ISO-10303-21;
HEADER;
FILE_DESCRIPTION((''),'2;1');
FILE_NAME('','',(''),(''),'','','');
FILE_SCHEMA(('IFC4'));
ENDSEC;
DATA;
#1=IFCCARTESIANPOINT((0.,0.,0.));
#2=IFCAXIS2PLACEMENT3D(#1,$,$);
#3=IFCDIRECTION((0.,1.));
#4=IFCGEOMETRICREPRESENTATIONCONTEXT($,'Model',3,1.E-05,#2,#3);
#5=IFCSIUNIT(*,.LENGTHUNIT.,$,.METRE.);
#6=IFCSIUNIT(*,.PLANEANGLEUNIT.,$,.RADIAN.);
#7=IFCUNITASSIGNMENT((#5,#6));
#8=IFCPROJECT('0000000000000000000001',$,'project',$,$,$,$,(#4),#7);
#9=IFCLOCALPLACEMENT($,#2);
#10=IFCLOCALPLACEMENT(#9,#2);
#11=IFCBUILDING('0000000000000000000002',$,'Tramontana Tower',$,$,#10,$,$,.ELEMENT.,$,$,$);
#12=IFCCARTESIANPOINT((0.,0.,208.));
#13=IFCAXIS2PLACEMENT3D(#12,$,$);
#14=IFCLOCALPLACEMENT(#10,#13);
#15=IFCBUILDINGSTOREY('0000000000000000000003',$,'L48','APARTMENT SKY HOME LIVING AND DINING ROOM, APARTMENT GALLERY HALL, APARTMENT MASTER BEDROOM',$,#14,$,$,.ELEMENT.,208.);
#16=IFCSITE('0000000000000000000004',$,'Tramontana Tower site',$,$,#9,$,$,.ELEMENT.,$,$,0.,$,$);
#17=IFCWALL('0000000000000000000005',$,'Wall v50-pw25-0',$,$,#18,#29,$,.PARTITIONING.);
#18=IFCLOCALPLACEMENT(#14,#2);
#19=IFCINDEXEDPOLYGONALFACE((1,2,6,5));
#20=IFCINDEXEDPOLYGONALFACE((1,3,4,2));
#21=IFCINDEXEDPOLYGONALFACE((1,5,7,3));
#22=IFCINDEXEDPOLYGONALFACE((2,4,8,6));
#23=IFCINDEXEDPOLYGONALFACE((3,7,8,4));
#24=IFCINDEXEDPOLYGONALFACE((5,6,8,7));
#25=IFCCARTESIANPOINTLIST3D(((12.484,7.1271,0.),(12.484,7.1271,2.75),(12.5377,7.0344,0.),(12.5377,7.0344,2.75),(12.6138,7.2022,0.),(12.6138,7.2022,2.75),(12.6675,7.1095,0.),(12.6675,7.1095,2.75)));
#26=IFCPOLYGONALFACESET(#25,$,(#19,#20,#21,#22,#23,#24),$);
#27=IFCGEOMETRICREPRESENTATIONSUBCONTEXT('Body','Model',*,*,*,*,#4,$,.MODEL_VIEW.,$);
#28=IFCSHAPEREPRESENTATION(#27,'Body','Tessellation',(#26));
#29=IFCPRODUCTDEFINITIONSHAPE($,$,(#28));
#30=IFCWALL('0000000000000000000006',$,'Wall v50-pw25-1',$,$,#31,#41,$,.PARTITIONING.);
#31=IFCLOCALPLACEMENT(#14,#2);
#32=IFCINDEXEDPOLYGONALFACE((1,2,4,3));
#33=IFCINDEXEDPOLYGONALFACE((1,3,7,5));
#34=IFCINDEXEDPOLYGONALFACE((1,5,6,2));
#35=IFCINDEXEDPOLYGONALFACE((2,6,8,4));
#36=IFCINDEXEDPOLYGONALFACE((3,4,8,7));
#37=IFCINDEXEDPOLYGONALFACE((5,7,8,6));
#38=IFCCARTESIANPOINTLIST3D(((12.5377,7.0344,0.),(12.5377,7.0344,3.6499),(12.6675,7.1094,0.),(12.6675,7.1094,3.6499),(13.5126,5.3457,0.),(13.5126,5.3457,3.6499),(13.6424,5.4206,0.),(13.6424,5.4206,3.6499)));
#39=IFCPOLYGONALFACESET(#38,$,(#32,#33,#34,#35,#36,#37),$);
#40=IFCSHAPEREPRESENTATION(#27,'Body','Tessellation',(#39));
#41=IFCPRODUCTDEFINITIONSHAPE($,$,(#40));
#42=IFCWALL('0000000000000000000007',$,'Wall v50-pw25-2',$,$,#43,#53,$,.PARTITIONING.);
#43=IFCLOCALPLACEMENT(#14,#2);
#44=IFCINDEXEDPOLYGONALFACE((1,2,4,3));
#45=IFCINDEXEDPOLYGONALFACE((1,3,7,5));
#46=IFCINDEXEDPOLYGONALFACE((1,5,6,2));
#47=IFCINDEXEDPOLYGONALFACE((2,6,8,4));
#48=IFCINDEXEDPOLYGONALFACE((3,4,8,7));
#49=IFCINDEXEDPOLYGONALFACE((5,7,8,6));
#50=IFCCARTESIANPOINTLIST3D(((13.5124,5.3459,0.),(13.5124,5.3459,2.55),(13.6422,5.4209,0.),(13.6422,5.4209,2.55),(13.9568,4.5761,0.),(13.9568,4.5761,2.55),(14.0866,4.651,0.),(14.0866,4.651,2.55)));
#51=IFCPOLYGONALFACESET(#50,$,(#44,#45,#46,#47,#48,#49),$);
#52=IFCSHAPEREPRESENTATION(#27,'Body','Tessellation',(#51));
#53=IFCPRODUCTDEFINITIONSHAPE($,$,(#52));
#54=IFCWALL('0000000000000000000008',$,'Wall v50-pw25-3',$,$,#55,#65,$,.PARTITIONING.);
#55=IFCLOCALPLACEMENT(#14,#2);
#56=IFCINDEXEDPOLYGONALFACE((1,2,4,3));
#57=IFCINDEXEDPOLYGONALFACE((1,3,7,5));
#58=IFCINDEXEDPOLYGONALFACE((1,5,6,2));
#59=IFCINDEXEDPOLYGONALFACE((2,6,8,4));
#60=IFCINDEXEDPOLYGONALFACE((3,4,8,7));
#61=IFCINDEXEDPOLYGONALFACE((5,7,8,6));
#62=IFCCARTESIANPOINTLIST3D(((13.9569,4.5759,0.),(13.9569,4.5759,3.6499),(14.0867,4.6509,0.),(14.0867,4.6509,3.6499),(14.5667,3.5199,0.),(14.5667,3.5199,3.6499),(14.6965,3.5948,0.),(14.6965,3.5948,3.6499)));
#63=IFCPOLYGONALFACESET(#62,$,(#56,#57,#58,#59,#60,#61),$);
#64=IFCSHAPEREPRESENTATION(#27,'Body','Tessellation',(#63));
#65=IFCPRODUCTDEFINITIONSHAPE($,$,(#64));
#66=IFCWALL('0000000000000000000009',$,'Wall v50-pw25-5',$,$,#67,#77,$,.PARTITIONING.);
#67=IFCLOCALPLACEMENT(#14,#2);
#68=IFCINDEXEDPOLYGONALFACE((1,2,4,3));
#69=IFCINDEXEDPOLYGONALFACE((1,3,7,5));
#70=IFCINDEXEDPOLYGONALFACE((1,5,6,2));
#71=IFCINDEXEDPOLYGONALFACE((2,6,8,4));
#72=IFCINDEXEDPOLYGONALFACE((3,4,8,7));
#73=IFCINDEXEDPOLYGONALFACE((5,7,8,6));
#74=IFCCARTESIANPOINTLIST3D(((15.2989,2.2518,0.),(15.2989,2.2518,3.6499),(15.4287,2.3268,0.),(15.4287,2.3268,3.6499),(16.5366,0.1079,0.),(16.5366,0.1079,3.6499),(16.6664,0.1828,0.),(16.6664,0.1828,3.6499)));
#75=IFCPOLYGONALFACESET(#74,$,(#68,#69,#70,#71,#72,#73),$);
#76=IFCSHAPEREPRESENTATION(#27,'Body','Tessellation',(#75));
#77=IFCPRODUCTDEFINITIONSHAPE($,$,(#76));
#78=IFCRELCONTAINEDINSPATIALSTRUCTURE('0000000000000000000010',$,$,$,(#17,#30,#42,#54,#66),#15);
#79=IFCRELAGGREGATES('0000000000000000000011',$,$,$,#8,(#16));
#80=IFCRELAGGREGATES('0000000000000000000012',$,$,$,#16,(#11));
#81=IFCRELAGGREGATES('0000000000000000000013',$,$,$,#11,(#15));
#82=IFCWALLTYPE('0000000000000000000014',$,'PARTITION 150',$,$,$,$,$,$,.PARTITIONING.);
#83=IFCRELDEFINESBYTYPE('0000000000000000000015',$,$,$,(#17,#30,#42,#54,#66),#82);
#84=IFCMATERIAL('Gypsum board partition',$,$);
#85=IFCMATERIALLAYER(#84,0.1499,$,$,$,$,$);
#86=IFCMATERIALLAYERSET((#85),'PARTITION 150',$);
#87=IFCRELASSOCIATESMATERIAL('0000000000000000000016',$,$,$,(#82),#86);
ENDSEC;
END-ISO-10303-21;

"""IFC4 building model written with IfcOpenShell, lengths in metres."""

from ifc_helpers import new_model, si_unit, direction, frame, frame_2d, origin, place, context, subcontext, project, spatial, rectangle, extrude, material, layer, layer_set, type_object, element, save


model = new_model("IFC4")

# Units and contexts
model_context = context("Model", 3, precision=1e-05, world=origin(), true_north=direction((0.0, 1.0)))
body_context = subcontext(model_context, "Body", "Model", "MODEL_VIEW")
ifc_project = project(units=[si_unit("LENGTHUNIT", "METRE"), si_unit("PLANEANGLEUNIT", "RADIAN")], contexts=[model_context])

# Site, building, storey
site_placement = place(None, origin())
site = spatial("IfcSite", under=ifc_project, at=site_placement, Name="Tramontana Tower site", CompositionType="ELEMENT", RefElevation=0.0)
building_placement = place(site_placement, origin())
building = spatial("IfcBuilding", under=site, at=building_placement, Name="Tramontana Tower", CompositionType="ELEMENT")
storey_placement = place(building_placement, frame((0.0, 0.0, 208.0)))
storey = spatial("IfcBuildingStorey", under=building, at=storey_placement, Name="L48", Description="APARTMENT SKY HOME LIVING AND DINING ROOM, APARTMENT GALLERY HALL, APARTMENT MASTER BEDROOM", CompositionType="ELEMENT", Elevation=208.0)

# Shared definitions
ifc_material_1 = material(Name="Gypsum board partition")
ifc_layer_1 = layer(ifc_material_1, 0.1499)
ifc_layer_set_1 = layer_set([ifc_layer_1], Name="PARTITION 150")
wall_type_1 = type_object("IfcWallType", Name="PARTITION 150", PredefinedType="PARTITIONING", material=ifc_layer_set_1)

# Walls
wall_1_placement = place(storey_placement, frame((12.5488, 7.1648, 0.0), z_axis=(0.0, 0.0, 1.0), x_axis=(0.501036, -0.865426, 0.0)))
element("IfcWall", 1, at=wall_1_placement, inside=storey, type_object=wall_type_1, Name="Wall v50-pw25-0", PredefinedType="PARTITIONING", context=body_context, shape_type="SweptSolid", body=[
    extrude(rectangle(XDim=0.1072, YDim=0.1499, at=frame_2d((0.0537, 0.0))), origin(), (0.0, 0.0, 1.0), 2.75),
])
wall_2_placement = place(storey_placement, frame((12.6025, 7.072, 0.0), z_axis=(0.0, 0.0, 1.0), x_axis=(0.49995, -0.866054, 0.0)))
element("IfcWall", 2, at=wall_2_placement, inside=storey, type_object=wall_type_1, Name="Wall v50-pw25-1", PredefinedType="PARTITIONING", context=body_context, shape_type="SweptSolid", body=[
    extrude(rectangle(XDim=1.95, YDim=0.1499, at=frame_2d((0.9751, 0.0))), origin(), (0.0, 0.0, 1.0), 3.6499),
])
wall_3_placement = place(storey_placement, frame((13.5774, 5.3833, 0.0), z_axis=(0.0, 0.0, 1.0), x_axis=(0.499921, -0.866071, 0.0)))
element("IfcWall", 3, at=wall_3_placement, inside=storey, type_object=wall_type_1, Name="Wall v50-pw25-2", PredefinedType="PARTITIONING", context=body_context, shape_type="SweptSolid", body=[
    extrude(rectangle(XDim=0.8889, YDim=0.1499, at=frame_2d((0.4443, 0.0))), origin(), (0.0, 0.0, 1.0), 2.55),
])
wall_4_placement = place(storey_placement, frame((14.0217, 4.6135, 0.0), z_axis=(0.0, 0.0, 1.0), x_axis=(0.500057, -0.865992, 0.0)))
element("IfcWall", 4, at=wall_4_placement, inside=storey, type_object=wall_type_1, Name="Wall v50-pw25-3", PredefinedType="PARTITIONING", context=body_context, shape_type="SweptSolid", body=[
    extrude(rectangle(XDim=1.2195, YDim=0.1499, at=frame_2d((0.6099, 0.0))), origin(), (0.0, 0.0, 1.0), 3.6499),
])

# Wall
wall_5_placement = place(storey_placement, frame((15.3638, 2.2893, 0.0), z_axis=(0.0, 0.0, 1.0), x_axis=(0.499979, -0.866038, 0.0)))
element("IfcWall", 5, at=wall_5_placement, inside=storey, type_object=wall_type_1, Name="Wall v50-pw25-5", PredefinedType="PARTITIONING", context=body_context, shape_type="SweptSolid", body=[
    extrude(rectangle(XDim=2.4756, YDim=0.1499, at=frame_2d((1.2378, 0.0))), origin(), (0.0, 0.0, 1.0), 3.6499),
])

save(model, "model.ifc")
